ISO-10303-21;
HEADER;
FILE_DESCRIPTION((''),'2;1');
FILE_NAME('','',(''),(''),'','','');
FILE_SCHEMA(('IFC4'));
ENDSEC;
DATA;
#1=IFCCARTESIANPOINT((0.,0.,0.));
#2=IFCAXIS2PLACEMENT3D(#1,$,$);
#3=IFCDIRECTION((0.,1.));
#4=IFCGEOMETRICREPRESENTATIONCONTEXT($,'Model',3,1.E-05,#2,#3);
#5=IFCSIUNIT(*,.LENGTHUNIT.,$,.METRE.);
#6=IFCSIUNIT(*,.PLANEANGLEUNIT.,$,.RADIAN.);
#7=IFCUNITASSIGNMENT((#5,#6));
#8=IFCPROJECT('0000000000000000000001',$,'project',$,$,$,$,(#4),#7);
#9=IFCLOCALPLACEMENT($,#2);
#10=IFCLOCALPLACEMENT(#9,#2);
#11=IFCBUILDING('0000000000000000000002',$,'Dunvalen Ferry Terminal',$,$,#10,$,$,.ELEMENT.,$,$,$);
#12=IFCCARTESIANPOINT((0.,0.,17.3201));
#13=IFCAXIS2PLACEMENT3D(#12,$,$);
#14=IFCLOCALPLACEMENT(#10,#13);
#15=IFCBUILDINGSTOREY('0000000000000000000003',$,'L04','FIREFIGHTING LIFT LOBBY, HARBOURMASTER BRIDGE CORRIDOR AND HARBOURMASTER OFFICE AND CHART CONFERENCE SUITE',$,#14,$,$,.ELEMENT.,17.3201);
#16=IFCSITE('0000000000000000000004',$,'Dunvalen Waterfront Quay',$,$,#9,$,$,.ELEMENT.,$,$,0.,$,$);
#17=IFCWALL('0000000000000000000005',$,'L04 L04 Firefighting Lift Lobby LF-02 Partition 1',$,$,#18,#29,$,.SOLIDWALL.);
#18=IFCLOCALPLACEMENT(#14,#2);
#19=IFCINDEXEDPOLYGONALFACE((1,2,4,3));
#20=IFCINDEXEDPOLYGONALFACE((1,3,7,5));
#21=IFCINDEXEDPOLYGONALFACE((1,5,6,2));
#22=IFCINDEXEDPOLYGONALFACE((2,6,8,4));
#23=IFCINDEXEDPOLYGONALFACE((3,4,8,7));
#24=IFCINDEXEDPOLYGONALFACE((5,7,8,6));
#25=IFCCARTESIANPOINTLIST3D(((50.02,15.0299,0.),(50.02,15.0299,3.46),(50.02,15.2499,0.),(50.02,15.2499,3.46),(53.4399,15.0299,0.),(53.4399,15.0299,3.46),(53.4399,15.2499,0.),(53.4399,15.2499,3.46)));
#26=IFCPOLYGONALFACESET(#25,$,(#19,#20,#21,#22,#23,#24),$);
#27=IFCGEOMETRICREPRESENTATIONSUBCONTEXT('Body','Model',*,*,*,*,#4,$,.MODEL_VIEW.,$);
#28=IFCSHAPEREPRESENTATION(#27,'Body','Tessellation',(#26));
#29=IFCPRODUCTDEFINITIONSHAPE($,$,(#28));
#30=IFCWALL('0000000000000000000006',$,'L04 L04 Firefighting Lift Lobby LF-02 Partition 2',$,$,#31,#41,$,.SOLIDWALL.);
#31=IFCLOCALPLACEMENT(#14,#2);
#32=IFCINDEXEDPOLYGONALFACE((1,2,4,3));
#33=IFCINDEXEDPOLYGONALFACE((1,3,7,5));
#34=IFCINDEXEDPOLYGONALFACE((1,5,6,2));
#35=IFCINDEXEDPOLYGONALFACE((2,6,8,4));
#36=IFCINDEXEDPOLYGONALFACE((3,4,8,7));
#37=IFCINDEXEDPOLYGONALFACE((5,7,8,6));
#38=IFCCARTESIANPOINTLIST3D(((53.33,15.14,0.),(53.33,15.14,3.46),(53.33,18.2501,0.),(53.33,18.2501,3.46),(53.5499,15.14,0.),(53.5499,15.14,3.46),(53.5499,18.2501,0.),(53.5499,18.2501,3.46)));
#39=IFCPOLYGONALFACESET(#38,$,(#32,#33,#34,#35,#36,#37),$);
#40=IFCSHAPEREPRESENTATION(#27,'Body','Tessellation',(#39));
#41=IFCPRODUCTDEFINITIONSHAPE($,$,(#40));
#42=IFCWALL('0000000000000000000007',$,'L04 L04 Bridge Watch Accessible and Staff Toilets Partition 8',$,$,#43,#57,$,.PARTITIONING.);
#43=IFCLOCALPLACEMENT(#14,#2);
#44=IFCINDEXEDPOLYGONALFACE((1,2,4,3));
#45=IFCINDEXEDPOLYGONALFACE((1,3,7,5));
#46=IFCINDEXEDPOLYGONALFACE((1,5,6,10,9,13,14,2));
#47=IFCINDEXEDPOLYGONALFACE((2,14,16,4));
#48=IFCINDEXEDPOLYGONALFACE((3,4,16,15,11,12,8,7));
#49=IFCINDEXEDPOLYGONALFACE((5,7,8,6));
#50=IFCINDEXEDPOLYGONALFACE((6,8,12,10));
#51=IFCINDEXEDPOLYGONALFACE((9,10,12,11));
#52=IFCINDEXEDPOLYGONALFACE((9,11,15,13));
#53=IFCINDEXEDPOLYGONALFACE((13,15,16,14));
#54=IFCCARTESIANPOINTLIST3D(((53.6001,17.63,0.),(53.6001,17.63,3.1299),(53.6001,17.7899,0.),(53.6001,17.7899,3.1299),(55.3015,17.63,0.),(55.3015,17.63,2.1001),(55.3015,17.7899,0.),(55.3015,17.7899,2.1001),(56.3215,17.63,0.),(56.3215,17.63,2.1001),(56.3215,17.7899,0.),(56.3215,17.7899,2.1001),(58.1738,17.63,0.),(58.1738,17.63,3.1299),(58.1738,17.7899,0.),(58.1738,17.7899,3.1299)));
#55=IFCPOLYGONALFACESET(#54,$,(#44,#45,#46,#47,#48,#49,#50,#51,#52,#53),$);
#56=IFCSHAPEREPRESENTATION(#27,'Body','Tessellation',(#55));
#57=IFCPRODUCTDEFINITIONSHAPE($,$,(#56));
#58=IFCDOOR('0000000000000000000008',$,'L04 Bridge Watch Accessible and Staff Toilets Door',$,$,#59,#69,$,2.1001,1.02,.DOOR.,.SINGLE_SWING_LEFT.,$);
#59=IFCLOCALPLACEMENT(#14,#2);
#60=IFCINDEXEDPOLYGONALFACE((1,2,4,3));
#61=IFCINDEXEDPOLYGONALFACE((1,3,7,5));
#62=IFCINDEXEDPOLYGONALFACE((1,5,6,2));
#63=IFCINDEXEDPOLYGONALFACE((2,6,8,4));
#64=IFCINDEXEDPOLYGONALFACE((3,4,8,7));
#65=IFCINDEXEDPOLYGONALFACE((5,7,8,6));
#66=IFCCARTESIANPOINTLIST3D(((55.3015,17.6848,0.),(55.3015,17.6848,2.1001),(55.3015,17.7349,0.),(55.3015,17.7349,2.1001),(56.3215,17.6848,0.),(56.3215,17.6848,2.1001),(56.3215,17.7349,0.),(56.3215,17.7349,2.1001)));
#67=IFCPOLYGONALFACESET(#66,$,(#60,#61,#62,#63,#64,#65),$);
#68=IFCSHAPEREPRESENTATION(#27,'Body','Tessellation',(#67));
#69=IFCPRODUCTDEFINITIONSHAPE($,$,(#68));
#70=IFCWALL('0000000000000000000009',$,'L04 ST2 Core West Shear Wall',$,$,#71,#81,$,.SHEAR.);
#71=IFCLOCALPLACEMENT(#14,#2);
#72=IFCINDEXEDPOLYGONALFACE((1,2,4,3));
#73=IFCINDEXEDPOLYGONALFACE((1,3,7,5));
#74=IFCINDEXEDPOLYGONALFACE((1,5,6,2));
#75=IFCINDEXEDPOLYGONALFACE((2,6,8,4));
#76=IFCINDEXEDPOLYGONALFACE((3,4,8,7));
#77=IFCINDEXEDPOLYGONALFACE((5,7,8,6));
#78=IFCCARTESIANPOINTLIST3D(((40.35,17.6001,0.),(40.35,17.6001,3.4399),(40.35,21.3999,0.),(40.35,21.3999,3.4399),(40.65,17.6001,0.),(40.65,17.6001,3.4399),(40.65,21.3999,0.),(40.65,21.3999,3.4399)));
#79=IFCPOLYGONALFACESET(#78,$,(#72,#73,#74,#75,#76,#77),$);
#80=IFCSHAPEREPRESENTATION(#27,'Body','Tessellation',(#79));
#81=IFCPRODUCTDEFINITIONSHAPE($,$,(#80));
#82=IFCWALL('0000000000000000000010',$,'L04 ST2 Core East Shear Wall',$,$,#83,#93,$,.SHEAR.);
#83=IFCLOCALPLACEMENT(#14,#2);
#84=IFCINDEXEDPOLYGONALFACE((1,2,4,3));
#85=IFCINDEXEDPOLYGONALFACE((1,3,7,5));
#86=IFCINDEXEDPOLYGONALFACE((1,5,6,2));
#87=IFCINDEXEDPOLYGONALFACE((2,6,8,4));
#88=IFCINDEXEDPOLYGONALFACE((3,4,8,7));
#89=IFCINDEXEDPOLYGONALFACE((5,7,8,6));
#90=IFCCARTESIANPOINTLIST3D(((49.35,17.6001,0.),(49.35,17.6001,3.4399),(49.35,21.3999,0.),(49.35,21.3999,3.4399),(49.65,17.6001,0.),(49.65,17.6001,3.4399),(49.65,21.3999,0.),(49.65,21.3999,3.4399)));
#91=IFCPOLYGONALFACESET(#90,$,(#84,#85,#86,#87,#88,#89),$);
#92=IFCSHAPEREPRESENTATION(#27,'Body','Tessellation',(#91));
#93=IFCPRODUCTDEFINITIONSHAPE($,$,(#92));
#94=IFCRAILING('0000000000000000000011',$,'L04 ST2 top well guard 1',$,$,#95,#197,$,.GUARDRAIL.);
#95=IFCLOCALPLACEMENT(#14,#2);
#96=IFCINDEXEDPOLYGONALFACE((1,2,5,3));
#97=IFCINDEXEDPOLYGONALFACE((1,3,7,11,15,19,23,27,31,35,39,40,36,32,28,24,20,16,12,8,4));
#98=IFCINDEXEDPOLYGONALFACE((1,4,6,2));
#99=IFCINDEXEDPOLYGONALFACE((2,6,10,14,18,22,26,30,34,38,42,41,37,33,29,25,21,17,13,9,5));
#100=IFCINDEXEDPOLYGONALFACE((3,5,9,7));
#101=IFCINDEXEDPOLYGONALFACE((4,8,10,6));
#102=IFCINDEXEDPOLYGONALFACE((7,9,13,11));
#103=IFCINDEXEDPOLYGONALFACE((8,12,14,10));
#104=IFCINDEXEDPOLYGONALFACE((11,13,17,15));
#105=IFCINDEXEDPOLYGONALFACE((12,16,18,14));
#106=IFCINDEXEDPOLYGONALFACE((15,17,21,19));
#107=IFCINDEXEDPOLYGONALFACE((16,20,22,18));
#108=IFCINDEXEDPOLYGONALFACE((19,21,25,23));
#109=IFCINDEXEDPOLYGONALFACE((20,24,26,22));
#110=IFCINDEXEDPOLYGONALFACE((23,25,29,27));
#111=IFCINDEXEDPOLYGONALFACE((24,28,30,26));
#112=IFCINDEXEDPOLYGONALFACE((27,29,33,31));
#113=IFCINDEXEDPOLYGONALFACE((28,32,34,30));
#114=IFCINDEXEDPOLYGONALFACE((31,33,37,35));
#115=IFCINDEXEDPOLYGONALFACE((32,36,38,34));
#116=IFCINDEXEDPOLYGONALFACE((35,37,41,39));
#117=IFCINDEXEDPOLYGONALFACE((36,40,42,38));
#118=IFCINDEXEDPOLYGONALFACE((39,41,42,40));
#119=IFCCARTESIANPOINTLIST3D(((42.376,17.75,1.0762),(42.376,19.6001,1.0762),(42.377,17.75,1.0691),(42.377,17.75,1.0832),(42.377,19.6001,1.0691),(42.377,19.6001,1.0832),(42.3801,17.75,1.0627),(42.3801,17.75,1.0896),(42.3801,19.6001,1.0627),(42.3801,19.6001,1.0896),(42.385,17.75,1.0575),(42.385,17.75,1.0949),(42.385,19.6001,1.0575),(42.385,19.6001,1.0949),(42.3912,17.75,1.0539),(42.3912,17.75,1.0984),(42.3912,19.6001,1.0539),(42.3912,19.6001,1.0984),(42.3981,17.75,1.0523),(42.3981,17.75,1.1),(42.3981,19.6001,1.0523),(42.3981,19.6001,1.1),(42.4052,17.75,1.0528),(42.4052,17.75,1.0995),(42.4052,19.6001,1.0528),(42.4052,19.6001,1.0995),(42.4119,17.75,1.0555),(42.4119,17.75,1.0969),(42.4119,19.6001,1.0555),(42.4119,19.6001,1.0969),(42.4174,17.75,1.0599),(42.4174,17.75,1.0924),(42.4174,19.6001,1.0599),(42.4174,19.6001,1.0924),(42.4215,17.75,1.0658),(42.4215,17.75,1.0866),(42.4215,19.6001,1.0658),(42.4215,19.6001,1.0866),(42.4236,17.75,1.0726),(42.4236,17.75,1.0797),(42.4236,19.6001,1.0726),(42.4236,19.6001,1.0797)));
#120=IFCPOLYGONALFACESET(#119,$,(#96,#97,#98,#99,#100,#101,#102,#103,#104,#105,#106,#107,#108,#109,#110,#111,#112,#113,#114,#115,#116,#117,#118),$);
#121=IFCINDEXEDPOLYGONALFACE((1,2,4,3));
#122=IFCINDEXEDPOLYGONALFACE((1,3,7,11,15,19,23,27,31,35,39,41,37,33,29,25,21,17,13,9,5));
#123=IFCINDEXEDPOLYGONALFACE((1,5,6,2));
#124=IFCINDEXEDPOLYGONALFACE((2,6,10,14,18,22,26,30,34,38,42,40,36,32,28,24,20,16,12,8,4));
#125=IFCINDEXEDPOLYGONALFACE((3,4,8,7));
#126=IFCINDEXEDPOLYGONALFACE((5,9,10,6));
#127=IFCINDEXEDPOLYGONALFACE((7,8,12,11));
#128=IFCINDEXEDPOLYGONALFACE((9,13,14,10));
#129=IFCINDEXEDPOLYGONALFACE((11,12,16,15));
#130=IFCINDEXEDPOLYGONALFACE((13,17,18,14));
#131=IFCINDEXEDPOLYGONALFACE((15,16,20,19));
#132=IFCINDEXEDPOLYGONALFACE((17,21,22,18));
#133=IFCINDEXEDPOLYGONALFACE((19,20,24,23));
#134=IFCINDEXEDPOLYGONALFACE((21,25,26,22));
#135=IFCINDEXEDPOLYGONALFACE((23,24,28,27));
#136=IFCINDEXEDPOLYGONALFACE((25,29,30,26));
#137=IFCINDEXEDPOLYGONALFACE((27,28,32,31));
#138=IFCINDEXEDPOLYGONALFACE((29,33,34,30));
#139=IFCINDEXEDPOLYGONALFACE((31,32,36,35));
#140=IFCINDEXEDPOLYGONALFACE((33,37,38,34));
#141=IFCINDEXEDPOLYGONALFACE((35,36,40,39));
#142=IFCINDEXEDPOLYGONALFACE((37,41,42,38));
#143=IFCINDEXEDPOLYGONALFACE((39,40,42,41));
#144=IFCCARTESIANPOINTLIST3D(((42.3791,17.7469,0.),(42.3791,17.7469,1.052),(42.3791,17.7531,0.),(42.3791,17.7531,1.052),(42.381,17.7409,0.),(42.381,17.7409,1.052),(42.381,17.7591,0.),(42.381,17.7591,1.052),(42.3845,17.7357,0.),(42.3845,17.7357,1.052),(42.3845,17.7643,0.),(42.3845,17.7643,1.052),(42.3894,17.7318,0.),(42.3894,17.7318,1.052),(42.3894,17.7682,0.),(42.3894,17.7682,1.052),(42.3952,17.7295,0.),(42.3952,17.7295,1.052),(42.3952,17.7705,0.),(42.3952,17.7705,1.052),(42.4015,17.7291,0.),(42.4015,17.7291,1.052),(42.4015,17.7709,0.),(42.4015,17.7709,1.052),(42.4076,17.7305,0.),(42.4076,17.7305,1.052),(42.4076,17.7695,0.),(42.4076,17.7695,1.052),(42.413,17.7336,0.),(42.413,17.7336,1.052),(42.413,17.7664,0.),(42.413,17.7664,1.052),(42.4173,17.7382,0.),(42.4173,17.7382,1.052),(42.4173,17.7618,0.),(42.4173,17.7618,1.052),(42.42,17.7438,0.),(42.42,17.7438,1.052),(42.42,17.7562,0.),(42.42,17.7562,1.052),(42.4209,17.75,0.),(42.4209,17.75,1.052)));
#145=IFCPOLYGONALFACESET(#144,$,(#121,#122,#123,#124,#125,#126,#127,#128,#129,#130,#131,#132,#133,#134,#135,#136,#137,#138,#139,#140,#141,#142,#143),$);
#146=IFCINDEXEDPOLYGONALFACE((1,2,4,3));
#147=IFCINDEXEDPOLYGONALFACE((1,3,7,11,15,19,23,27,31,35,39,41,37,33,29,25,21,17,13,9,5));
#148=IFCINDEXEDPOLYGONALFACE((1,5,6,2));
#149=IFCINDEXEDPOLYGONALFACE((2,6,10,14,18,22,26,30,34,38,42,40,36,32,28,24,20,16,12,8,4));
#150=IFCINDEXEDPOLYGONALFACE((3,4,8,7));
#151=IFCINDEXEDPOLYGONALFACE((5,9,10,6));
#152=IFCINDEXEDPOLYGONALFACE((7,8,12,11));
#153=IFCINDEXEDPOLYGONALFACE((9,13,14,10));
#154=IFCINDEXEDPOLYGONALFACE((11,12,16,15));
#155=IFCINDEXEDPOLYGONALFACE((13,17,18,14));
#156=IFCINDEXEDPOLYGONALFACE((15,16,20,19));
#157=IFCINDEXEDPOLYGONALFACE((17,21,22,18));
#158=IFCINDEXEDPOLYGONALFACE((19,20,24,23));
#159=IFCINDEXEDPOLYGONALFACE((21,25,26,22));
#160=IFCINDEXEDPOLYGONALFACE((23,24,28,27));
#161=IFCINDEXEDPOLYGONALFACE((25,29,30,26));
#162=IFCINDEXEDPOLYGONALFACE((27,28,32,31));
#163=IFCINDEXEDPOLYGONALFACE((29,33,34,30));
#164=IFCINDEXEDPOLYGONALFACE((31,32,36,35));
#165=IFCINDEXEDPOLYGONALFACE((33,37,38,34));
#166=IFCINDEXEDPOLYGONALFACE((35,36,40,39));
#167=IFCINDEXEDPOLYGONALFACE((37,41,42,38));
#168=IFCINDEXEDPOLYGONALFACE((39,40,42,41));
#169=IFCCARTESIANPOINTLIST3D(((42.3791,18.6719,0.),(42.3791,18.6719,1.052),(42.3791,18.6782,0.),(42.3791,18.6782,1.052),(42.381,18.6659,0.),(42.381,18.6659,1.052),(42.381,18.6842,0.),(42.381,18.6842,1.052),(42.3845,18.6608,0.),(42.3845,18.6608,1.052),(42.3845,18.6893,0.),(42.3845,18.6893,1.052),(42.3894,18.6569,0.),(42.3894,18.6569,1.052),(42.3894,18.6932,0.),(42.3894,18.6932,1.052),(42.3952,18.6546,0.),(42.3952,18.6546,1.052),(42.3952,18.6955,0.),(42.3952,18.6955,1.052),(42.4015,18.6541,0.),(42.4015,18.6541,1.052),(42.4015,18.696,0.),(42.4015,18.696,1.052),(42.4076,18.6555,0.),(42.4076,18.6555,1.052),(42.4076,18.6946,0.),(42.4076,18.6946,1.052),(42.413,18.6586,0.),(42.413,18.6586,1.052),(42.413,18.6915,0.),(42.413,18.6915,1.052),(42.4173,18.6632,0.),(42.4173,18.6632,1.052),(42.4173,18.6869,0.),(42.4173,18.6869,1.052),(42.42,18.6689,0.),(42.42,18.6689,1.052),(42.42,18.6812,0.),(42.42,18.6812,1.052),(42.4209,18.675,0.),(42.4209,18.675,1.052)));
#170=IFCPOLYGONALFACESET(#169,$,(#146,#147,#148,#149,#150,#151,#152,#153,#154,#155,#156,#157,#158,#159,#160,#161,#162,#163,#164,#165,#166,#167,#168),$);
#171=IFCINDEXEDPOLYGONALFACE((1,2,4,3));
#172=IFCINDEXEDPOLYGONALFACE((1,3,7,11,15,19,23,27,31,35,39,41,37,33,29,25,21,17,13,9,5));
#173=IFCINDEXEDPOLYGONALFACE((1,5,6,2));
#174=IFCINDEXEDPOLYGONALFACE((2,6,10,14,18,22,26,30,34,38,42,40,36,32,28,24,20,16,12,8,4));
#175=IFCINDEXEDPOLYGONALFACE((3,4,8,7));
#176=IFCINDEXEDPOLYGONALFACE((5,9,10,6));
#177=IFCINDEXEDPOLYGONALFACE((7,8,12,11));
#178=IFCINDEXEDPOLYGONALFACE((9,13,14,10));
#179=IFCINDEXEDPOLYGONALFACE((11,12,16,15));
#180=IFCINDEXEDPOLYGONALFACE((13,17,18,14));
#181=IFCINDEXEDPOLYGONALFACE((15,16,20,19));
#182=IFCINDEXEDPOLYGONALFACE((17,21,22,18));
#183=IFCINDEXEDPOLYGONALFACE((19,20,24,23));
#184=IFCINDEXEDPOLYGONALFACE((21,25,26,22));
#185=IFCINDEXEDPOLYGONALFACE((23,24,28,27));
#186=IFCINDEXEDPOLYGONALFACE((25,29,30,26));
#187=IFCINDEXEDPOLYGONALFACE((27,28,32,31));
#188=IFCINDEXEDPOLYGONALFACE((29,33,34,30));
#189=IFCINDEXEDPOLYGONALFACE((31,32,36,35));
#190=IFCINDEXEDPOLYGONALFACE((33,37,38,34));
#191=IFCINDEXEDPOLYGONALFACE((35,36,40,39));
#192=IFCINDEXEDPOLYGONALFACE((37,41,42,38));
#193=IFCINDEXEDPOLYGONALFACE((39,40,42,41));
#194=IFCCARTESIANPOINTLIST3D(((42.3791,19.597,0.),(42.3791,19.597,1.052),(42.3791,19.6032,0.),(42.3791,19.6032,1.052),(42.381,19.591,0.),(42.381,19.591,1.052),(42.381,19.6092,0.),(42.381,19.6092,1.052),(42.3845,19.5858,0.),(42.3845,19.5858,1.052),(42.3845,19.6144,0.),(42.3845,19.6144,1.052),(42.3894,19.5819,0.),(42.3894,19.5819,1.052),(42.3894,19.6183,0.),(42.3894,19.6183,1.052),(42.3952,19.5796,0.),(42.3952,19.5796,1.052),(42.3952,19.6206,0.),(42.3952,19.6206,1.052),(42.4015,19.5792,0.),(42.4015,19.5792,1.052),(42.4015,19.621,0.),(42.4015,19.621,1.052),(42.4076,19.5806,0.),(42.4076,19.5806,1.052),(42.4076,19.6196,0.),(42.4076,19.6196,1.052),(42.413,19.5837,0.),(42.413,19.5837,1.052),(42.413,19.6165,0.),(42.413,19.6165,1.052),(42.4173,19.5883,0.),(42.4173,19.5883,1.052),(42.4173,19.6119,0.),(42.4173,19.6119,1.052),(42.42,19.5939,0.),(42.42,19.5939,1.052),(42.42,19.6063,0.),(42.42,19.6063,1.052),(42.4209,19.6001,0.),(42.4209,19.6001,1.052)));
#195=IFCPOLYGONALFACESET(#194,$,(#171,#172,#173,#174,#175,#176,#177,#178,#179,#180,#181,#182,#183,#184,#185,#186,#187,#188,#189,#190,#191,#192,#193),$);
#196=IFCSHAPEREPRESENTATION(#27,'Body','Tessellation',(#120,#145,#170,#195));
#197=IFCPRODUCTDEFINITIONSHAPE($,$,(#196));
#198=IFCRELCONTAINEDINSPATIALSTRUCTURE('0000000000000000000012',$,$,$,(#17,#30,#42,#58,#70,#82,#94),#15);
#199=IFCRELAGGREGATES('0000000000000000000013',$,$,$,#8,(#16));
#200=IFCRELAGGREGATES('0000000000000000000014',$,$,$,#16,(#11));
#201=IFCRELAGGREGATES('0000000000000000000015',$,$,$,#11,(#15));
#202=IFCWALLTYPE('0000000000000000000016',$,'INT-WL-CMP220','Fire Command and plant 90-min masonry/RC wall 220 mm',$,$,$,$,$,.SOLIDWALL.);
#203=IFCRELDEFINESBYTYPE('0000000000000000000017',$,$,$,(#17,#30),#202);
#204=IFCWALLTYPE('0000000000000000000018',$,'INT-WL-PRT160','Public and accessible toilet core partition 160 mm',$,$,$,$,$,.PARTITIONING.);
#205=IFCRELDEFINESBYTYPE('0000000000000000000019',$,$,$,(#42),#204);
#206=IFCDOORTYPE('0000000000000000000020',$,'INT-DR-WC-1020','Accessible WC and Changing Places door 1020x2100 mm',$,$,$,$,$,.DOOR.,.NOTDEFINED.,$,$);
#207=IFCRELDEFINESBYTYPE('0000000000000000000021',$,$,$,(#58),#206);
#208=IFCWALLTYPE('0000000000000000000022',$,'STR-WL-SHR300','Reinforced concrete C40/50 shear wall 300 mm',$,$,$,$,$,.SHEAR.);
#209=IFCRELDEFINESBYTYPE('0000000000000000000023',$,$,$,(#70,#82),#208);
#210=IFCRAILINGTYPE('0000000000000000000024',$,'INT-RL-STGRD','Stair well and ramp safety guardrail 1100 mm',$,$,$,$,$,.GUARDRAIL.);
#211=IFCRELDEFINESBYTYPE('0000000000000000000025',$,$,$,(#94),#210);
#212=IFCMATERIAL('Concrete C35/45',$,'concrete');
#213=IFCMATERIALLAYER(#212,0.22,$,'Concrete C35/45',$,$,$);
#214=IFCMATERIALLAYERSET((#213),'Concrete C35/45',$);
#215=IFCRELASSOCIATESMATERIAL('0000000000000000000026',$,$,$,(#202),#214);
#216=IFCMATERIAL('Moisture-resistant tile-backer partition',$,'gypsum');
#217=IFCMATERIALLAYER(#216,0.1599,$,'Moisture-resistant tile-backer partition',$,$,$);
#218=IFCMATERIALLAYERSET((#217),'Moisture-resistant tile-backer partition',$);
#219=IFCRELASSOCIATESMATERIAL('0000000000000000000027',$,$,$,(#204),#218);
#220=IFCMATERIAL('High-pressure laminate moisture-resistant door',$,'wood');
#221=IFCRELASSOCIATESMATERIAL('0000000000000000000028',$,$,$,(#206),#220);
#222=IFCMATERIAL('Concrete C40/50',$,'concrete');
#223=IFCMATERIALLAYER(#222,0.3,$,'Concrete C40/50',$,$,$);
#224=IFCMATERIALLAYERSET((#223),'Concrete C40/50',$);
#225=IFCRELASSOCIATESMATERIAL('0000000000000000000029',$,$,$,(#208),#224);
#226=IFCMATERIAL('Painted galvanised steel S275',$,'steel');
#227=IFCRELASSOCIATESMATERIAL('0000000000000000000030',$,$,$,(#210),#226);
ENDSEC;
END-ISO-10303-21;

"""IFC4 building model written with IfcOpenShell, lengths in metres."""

from ifc_helpers import new_model, si_unit, direction, frame, frame_2d, origin, origin_2d, place, context, subcontext, project, spatial, rectangle, circle, extrude, material, layer, layer_set, type_object, element, fill, save


model = new_model("IFC4")

# Units and contexts
model_context = context("Model", 3, precision=1e-05, world=origin(), true_north=direction((0.0, 1.0)))
body_context = subcontext(model_context, "Body", "Model", "MODEL_VIEW")
ifc_project = project(units=[si_unit("LENGTHUNIT", "METRE"), si_unit("PLANEANGLEUNIT", "RADIAN")], contexts=[model_context])

# Site, building, storey
site_placement = place(None, origin())
site = spatial("IfcSite", under=ifc_project, at=site_placement, Name="Dunvalen Waterfront Quay", CompositionType="ELEMENT", RefElevation=0.0)
building_placement = place(site_placement, origin())
building = spatial("IfcBuilding", under=site, at=building_placement, Name="Dunvalen Ferry Terminal", CompositionType="ELEMENT")
storey_placement = place(building_placement, frame((0.0, 0.0, 17.3201)))
storey = spatial("IfcBuildingStorey", under=building, at=storey_placement, Name="L04", Description="FIREFIGHTING LIFT LOBBY, HARBOURMASTER BRIDGE CORRIDOR AND HARBOURMASTER OFFICE AND CHART CONFERENCE SUITE", CompositionType="ELEMENT", Elevation=17.3201)

# Shared definitions
ifc_material_1 = material(Name="Concrete C35/45", Category="concrete")

# Shared definitions
ifc_material_2 = material(Name="Concrete C40/50", Category="concrete")

# Walls
ifc_layer_1 = layer(ifc_material_1, 0.22, Name="Concrete C35/45")
ifc_layer_set_1 = layer_set([ifc_layer_1], Name="Concrete C35/45")
wall_type_1 = type_object("IfcWallType", Name="INT-WL-CMP220", Description="Fire Command and plant 90-min masonry/RC wall 220 mm", PredefinedType="SOLIDWALL", material=ifc_layer_set_1)
wall_1_placement = place(storey_placement, frame((50.02, 15.1399, 0.0), z_axis=(0.0, 0.0, 1.0), x_axis=(1.0, 0.0, 0.0)))
element("IfcWall", 1, at=wall_1_placement, inside=storey, type_object=wall_type_1, Name="L04 L04 Firefighting Lift Lobby LF-02 Partition 1", PredefinedType="SOLIDWALL", context=body_context, shape_type="SweptSolid", body=[
    extrude(rectangle(XDim=3.4199, YDim=0.22, at=frame_2d((1.71, 0.0))), origin(), (0.0, 0.0, 1.0), 3.46),
])
wall_2_placement = place(storey_placement, frame((53.4399, 15.1399, 0.0), z_axis=(0.0, 0.0, 1.0), x_axis=(0.0, 1.0, 0.0)))
element("IfcWall", 2, at=wall_2_placement, inside=storey, type_object=wall_type_1, Name="L04 L04 Firefighting Lift Lobby LF-02 Partition 2", PredefinedType="SOLIDWALL", context=body_context, shape_type="SweptSolid", body=[
    extrude(rectangle(XDim=3.1101, YDim=0.22, at=frame_2d((1.5552, 0.0))), origin(), (0.0, 0.0, 1.0), 3.46),
])

# Wall, opening, door
ifc_material_3 = material(Name="Moisture-resistant tile-backer partition", Category="gypsum")
ifc_layer_2 = layer(ifc_material_3, 0.1599, Name="Moisture-resistant tile-backer partition")
ifc_layer_set_2 = layer_set([ifc_layer_2], Name="Moisture-resistant tile-backer partition")
wall_type_2 = type_object("IfcWallType", Name="INT-WL-PRT160", Description="Public and accessible toilet core partition 160 mm", PredefinedType="PARTITIONING", material=ifc_layer_set_2)
wall_3_placement = place(storey_placement, frame((53.6001, 17.71, 0.0), z_axis=(0.0, 0.0, 1.0), x_axis=(1.0, 0.0, 0.0)))
wall_3 = element("IfcWall", 3, at=wall_3_placement, inside=storey, type_object=wall_type_2, Name="L04 L04 Bridge Watch Accessible and Staff Toilets Partition 8", PredefinedType="PARTITIONING", context=body_context, shape_type="SweptSolid", body=[
    extrude(rectangle(XDim=4.5737, YDim=0.1599, at=frame_2d((2.2869, 0.0))), origin(), (0.0, 0.0, 1.0), 3.1299),
])
opening_1_placement = place(wall_3_placement, frame((1.7014, 0.0, 0.0)))
opening_1 = element("IfcOpeningElement", 4, at=opening_1_placement, cuts=wall_3, PredefinedType="OPENING", context=body_context, shape_type="SweptSolid", body=[
    extrude(rectangle(XDim=1.02, YDim=2.1001, at=frame_2d((0.51, 1.05))), frame((0.0, 0.0898, 0.0), z_axis=(0.0, -1.0, 0.0), x_axis=(1.0, 0.0, 0.0)), (0.0, 0.0, 1.0), 0.1799),
])
ifc_material_4 = material(Name="High-pressure laminate moisture-resistant door", Category="wood")
door_type_1 = type_object("IfcDoorType", Name="INT-DR-WC-1020", Description="Accessible WC and Changing Places door 1020x2100 mm", OperationType="NOTDEFINED", PredefinedType="DOOR", material=ifc_material_4)
door_1_placement = place(opening_1_placement, origin())
door_1 = element("IfcDoor", 5, at=door_1_placement, inside=storey, type_object=door_type_1, Name="L04 Bridge Watch Accessible and Staff Toilets Door", OperationType="SINGLE_SWING_LEFT", OverallHeight=2.1001, OverallWidth=1.02, PredefinedType="DOOR", context=body_context, shape_type="SweptSolid", body=[
    extrude(rectangle(XDim=1.02, YDim=2.1001, at=frame_2d((0.51, 1.05))), frame((0.0, 0.0249, 0.0), z_axis=(0.0, -1.0, 0.0), x_axis=(1.0, 0.0, 0.0)), (0.0, 0.0, 1.0), 0.05),
])
fill(opening_1, door_1)

# Walls
ifc_layer_3 = layer(ifc_material_2, 0.3, Name="Concrete C40/50")
ifc_layer_set_3 = layer_set([ifc_layer_3], Name="Concrete C40/50")
wall_type_3 = type_object("IfcWallType", Name="STR-WL-SHR300", Description="Reinforced concrete C40/50 shear wall 300 mm", PredefinedType="SHEAR", material=ifc_layer_set_3)
for number, where, z_axis, x_axis, name in (
    (6, (40.5, 17.6001, 0.0), (0.0, 0.0, 1.0), (0.0, 1.0, 0.0), "L04 ST2 Core West Shear Wall"),
    (7, (49.5, 17.6001, 0.0), (0.0, 0.0, 1.0), (0.0, 1.0, 0.0), "L04 ST2 Core East Shear Wall"),
):
    element("IfcWall", number, at=place(storey_placement, frame(where, z_axis=z_axis, x_axis=x_axis)), inside=storey, type_object=wall_type_3, Name=name, PredefinedType="SHEAR", context=body_context, shape_type="SweptSolid", body=[
        extrude(rectangle(XDim=3.7998, YDim=0.3, at=frame_2d((1.8999, 0.0))), origin(), (0.0, 0.0, 1.0), 3.4399),
    ])

# Railing
ifc_material_5 = material(Name="Painted galvanised steel S275", Category="steel")
railing_type = type_object("IfcRailingType", Name="INT-RL-STGRD", Description="Stair well and ramp safety guardrail 1100 mm", PredefinedType="GUARDRAIL", material=ifc_material_5)
railing_placement = place(storey_placement, frame((42.3999, 17.75, 0.0)))
element("IfcRailing", 8, at=railing_placement, inside=storey, type_object=railing_type, Name="L04 ST2 top well guard 1", PredefinedType="GUARDRAIL", context=body_context, shape_type="SweptSolid", body=[
    extrude(circle(Radius=0.0239, at=origin_2d()), frame((0.0, 0.0, 1.0762), z_axis=(0.0, 1.0, 0.0), x_axis=(-1.0, 0.0, 0.0)), (0.0, 0.0, 1.0), 1.8501),
    extrude(circle(Radius=0.021, at=origin_2d()), origin(), (0.0, 0.0, 1.0), 1.052),
    extrude(circle(Radius=0.021, at=origin_2d()), frame((0.0, 0.925, 0.0)), (0.0, 0.0, 1.0), 1.052),
    extrude(circle(Radius=0.021, at=origin_2d()), frame((0.0, 1.8501, 0.0)), (0.0, 0.0, 1.0), 1.052),
])

save(model, "model.ifc")
